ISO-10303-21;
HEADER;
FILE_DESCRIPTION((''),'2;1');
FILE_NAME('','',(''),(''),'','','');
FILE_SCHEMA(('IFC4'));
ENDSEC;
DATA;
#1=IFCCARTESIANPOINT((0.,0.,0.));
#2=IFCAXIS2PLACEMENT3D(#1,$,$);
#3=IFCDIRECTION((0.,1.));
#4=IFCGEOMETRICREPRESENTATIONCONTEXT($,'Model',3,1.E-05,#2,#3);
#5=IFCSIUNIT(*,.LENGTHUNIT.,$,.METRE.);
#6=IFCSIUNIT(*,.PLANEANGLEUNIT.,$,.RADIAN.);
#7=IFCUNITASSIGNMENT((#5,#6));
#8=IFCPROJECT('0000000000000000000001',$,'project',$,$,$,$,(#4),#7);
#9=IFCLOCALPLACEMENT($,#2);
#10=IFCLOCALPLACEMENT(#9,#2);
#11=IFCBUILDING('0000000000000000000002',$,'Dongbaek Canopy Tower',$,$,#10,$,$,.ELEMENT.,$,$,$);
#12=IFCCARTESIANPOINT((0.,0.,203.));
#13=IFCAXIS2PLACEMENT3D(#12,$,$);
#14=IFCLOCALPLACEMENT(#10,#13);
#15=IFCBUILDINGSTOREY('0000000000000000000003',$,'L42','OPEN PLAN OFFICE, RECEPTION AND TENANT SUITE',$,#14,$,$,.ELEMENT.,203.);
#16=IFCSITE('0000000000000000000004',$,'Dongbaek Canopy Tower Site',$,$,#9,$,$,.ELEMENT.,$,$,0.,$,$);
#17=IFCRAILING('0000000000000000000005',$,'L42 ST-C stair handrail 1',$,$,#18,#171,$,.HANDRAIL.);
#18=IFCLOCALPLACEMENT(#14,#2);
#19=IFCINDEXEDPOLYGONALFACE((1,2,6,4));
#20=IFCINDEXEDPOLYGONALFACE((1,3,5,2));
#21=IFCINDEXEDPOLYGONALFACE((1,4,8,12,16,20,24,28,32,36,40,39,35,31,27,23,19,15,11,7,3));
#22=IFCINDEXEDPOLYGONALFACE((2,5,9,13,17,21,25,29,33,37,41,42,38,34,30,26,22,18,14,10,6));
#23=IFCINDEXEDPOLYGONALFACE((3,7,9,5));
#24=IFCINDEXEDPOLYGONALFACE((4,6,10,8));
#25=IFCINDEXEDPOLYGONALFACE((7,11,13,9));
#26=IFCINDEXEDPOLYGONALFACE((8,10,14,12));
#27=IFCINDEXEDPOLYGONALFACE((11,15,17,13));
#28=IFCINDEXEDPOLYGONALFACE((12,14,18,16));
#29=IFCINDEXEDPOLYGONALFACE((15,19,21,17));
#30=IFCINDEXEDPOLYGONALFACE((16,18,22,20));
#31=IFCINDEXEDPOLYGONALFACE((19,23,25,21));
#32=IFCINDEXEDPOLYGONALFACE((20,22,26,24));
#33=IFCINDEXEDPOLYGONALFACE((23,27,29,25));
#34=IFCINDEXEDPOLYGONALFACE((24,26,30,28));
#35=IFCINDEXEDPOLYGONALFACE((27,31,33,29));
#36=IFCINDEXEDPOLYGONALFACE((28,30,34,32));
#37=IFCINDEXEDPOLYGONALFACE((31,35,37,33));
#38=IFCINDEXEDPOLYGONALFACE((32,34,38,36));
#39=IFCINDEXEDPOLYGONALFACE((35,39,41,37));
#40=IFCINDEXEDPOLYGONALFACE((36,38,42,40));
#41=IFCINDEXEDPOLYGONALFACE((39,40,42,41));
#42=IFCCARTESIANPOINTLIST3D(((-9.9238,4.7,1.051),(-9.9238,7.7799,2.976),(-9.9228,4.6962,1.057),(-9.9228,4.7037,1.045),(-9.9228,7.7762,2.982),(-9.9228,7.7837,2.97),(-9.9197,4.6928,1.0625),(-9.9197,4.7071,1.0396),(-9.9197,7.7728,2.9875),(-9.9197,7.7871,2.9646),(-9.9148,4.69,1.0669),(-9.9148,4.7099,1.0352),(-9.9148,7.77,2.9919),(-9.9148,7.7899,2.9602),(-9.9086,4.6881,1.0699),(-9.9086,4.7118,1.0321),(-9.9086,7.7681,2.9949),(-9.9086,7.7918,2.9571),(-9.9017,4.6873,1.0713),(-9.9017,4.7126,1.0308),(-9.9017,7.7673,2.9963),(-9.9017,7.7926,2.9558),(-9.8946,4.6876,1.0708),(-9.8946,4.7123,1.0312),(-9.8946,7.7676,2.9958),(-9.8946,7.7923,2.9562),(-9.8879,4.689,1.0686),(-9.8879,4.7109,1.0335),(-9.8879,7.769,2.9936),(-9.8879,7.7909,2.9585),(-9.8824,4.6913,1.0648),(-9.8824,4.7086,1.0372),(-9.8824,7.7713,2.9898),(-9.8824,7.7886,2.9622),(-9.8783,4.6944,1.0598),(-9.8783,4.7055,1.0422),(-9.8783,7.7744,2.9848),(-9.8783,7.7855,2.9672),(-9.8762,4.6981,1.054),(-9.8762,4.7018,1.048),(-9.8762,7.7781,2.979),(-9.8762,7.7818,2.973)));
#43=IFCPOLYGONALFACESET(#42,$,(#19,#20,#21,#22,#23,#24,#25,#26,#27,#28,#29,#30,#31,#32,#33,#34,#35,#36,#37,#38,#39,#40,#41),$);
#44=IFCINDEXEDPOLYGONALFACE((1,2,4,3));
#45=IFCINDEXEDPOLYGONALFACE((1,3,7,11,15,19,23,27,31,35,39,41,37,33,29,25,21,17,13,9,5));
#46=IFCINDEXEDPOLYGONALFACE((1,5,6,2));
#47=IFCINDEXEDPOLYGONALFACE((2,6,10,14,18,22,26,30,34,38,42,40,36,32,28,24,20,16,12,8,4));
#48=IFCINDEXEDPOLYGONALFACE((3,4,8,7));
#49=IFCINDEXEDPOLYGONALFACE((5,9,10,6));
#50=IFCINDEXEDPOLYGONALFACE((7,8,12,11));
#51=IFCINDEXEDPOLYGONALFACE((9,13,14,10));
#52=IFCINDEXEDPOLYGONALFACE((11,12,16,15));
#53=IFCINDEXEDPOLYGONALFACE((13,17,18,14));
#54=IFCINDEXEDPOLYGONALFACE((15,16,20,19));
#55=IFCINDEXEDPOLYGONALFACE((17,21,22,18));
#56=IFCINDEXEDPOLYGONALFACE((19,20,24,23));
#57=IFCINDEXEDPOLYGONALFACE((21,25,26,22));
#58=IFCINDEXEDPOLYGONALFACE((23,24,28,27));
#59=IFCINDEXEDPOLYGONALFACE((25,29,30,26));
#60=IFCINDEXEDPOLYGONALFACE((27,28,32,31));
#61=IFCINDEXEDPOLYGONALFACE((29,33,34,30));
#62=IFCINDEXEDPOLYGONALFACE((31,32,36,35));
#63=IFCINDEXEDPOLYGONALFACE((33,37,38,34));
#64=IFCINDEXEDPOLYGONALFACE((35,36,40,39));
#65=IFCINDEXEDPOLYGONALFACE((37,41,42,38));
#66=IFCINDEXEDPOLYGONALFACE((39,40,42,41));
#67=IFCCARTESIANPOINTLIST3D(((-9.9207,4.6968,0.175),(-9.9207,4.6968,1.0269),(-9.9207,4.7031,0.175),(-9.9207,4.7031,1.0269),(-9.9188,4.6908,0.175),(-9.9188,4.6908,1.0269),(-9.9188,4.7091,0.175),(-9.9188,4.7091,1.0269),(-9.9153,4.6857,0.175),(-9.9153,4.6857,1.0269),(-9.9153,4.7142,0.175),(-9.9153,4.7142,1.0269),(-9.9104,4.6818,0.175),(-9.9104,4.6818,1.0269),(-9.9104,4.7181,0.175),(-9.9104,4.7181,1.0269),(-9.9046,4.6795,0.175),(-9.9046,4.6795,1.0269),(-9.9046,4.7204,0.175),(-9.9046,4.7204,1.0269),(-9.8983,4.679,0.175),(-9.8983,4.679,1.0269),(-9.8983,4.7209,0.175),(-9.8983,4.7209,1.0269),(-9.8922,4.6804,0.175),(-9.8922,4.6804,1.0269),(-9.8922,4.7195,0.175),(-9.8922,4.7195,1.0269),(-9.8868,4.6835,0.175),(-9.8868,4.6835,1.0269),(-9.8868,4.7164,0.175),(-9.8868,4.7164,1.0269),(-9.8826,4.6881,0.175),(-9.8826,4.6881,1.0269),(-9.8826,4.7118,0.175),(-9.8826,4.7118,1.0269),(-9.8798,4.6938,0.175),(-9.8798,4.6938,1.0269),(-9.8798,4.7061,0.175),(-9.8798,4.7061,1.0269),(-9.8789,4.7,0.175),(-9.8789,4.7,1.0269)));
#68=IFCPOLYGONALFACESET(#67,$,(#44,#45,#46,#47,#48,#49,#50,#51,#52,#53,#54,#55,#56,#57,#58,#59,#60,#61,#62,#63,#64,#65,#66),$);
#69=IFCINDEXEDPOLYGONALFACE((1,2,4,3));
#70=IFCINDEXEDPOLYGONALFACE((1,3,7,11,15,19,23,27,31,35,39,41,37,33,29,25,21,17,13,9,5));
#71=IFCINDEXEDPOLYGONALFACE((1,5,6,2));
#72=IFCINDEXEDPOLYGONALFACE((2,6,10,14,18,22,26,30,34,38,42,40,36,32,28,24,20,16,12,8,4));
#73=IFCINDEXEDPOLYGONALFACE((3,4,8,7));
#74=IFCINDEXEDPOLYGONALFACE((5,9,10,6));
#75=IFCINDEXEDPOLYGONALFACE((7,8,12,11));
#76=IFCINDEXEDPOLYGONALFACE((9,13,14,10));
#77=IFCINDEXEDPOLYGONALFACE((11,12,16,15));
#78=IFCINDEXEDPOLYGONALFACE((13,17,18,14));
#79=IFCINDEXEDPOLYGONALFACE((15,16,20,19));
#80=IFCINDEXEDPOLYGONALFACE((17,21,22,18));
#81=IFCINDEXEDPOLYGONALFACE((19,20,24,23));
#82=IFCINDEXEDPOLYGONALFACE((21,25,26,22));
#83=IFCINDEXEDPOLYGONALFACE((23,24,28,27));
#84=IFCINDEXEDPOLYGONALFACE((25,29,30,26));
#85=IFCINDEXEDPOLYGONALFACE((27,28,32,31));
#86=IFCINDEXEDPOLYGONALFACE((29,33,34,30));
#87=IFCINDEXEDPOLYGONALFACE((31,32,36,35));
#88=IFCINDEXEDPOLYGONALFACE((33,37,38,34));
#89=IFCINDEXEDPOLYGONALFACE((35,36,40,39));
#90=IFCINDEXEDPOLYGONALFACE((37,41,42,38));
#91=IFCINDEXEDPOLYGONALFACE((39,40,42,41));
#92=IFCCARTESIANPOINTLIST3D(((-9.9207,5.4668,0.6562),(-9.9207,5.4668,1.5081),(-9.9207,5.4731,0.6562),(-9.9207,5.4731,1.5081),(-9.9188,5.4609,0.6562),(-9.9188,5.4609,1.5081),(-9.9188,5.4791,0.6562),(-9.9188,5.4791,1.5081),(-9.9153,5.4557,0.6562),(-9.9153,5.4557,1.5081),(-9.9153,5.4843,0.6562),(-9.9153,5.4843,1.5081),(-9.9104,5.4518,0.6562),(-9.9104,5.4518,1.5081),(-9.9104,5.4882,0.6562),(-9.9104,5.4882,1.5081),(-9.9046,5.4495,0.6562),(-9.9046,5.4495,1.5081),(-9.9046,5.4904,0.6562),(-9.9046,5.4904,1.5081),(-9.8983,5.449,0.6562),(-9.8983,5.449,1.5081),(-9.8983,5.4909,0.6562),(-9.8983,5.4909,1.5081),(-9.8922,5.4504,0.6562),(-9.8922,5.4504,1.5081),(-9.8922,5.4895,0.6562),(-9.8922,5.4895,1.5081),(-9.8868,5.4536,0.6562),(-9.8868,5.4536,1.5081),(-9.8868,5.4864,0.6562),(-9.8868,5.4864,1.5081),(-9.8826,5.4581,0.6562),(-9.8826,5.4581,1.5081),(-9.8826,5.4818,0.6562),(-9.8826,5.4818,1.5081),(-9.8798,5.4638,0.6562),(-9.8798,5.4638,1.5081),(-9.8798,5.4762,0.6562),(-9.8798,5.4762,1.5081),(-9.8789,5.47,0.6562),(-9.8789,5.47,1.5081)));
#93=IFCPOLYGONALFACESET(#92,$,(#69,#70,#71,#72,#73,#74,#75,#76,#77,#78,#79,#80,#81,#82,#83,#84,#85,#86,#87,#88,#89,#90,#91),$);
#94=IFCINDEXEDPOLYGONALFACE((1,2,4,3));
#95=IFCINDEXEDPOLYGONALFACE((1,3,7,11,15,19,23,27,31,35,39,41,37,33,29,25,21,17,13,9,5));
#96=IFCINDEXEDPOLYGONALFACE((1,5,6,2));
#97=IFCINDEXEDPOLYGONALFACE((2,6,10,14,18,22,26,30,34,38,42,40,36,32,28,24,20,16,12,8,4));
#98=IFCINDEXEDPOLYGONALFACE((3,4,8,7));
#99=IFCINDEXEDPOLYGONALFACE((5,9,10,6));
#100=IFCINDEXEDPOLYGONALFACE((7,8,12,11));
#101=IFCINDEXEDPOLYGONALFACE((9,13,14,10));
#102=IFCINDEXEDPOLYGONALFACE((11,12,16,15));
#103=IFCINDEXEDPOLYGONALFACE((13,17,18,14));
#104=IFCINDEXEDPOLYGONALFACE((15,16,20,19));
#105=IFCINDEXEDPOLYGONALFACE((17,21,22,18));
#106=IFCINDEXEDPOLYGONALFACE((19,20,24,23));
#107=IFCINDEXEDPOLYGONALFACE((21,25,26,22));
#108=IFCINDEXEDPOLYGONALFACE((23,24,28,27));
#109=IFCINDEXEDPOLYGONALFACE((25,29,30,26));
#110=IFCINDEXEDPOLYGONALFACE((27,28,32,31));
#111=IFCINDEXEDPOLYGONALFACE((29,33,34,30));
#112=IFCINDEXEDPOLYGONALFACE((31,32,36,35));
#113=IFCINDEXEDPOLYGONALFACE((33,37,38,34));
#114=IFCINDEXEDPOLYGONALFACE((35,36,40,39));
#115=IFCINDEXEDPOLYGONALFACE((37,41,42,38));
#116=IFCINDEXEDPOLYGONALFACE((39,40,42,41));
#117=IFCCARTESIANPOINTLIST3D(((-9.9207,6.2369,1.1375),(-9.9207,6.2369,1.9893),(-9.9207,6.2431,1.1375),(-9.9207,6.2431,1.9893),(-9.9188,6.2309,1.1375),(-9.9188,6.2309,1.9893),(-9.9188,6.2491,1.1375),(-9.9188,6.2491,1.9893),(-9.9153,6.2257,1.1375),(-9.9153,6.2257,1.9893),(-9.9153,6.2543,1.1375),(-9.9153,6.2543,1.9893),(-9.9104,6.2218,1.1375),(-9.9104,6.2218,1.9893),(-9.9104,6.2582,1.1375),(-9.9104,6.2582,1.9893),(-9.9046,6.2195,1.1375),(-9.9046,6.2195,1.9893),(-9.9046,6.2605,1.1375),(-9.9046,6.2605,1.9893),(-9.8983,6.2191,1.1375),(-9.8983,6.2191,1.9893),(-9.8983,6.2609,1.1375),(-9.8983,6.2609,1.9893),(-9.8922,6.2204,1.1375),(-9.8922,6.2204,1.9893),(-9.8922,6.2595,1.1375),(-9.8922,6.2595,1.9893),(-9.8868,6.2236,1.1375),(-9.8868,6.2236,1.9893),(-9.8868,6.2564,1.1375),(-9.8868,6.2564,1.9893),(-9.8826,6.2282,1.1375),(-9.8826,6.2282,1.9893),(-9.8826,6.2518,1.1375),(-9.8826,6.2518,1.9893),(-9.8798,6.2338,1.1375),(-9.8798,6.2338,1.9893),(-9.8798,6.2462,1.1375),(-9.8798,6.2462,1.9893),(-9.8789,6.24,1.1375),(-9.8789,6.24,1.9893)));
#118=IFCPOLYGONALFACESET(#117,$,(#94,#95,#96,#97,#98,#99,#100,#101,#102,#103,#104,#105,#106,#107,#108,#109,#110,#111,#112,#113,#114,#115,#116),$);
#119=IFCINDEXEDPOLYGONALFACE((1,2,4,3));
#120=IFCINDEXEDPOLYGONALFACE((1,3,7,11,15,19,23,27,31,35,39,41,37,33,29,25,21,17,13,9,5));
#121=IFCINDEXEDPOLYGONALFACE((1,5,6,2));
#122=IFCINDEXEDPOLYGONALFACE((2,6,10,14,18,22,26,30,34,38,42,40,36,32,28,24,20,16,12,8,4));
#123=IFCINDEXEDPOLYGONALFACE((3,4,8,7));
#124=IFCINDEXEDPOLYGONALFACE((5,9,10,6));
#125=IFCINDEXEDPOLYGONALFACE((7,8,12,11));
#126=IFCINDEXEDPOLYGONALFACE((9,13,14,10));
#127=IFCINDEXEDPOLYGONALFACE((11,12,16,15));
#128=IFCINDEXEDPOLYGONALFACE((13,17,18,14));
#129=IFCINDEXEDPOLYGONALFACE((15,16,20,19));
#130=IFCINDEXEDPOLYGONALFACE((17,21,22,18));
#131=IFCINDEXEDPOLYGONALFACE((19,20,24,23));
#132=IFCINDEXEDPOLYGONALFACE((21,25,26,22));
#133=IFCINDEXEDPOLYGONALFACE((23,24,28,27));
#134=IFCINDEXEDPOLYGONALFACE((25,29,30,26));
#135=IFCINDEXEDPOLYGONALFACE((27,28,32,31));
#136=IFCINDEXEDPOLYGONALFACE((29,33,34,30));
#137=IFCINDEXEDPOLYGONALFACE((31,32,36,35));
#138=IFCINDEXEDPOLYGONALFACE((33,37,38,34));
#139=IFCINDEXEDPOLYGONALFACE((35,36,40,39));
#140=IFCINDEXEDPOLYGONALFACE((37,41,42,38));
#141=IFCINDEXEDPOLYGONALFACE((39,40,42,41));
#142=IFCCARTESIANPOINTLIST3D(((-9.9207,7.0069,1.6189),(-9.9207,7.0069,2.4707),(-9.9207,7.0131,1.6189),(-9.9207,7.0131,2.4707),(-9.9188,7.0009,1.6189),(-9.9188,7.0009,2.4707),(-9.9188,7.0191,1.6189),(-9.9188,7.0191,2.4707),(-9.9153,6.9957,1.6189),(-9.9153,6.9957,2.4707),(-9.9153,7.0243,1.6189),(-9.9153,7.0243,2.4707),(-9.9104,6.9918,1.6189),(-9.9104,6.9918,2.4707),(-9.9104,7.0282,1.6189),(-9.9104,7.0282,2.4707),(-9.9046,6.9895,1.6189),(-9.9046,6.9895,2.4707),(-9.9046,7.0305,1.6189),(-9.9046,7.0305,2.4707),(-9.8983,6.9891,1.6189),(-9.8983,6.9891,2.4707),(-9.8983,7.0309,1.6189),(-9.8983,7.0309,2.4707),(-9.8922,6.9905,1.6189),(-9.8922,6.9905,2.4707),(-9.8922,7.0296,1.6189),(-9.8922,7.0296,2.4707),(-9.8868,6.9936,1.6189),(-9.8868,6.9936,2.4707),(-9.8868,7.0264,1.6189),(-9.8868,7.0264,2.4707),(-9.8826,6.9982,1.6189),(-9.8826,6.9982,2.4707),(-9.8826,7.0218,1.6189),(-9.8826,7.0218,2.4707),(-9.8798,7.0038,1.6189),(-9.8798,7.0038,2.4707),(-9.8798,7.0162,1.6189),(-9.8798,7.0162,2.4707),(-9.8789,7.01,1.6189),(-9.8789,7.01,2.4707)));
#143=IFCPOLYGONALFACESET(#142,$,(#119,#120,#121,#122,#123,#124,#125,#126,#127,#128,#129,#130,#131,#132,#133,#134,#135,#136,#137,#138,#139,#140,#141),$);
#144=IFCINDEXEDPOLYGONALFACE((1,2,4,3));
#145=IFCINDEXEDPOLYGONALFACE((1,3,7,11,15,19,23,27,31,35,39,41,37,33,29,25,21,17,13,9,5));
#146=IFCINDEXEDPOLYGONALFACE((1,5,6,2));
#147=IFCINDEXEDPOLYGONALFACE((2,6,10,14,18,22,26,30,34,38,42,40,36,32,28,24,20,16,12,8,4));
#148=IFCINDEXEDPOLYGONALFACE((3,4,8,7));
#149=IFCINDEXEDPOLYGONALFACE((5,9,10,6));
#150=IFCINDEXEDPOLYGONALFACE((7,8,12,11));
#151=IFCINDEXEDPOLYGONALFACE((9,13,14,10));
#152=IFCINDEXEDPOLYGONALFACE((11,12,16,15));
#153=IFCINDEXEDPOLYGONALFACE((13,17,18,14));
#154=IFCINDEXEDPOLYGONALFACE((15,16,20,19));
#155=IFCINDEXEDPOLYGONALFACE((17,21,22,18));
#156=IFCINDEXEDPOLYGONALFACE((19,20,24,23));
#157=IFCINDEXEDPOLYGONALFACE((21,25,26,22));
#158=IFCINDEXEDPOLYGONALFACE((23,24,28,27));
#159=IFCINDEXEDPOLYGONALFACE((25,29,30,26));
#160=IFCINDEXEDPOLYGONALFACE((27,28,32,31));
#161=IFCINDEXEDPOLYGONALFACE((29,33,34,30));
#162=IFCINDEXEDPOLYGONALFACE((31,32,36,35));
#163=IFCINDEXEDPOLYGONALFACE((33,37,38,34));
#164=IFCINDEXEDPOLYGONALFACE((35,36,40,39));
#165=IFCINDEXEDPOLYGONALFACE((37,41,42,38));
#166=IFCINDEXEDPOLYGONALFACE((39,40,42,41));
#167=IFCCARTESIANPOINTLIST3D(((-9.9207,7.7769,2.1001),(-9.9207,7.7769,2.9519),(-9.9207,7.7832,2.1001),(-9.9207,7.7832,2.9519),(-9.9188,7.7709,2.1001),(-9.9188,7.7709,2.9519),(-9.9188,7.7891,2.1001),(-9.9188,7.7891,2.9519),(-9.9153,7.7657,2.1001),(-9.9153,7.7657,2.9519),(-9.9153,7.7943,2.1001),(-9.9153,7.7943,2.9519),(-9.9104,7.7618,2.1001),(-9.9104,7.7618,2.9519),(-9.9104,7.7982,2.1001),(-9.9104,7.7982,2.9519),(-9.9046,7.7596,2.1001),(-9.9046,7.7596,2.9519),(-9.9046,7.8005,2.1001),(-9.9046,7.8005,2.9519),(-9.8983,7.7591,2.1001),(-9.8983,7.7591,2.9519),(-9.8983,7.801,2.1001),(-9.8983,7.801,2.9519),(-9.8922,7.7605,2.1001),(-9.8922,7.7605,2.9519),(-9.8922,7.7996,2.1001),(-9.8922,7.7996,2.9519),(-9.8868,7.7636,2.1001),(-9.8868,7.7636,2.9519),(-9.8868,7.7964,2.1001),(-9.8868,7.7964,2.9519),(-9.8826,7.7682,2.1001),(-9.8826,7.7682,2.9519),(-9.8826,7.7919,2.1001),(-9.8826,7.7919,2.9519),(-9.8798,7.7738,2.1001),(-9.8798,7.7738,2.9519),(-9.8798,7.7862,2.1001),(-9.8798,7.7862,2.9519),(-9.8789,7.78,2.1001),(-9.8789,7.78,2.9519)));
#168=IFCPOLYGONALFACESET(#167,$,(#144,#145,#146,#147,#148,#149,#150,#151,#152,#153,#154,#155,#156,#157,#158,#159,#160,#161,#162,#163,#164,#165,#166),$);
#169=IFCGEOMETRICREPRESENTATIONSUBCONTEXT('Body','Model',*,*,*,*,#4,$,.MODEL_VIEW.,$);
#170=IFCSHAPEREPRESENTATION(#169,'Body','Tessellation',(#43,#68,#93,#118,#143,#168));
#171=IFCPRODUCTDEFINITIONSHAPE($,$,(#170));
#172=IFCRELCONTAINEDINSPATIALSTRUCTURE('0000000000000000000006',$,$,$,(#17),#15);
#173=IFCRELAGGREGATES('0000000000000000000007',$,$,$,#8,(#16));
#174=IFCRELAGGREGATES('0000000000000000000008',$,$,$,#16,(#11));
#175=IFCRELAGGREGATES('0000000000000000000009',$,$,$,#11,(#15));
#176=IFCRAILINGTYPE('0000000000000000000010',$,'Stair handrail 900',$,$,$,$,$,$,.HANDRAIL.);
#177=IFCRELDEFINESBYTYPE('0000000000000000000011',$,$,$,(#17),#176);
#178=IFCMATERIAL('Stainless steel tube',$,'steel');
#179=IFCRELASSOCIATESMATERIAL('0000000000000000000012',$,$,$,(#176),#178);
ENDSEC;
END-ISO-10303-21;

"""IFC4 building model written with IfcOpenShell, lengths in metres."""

from ifc_helpers import new_model, si_unit, direction, frame, origin, origin_2d, place, context, subcontext, project, spatial, circle, extrude, material, type_object, element, save


model = new_model("IFC4")

# Units and contexts
model_context = context("Model", 3, precision=1e-05, world=origin(), true_north=direction((0.0, 1.0)))
body_context = subcontext(model_context, "Body", "Model", "MODEL_VIEW")
ifc_project = project(units=[si_unit("LENGTHUNIT", "METRE"), si_unit("PLANEANGLEUNIT", "RADIAN")], contexts=[model_context])

# Site, building, storey
site_placement = place(None, origin())
site = spatial("IfcSite", under=ifc_project, at=site_placement, Name="Dongbaek Canopy Tower Site", CompositionType="ELEMENT", RefElevation=0.0)
building_placement = place(site_placement, origin())
building = spatial("IfcBuilding", under=site, at=building_placement, Name="Dongbaek Canopy Tower", CompositionType="ELEMENT")
storey_placement = place(building_placement, frame((0.0, 0.0, 203.0)))
storey = spatial("IfcBuildingStorey", under=building, at=storey_placement, Name="L42", Description="OPEN PLAN OFFICE, RECEPTION AND TENANT SUITE", CompositionType="ELEMENT", Elevation=203.0)

# Railing
ifc_material_1 = material(Name="Stainless steel tube", Category="steel")
railing_type_1 = type_object("IfcRailingType", Name="Stair handrail 900", PredefinedType="HANDRAIL", material=ifc_material_1)
railing_1_placement = place(storey_placement, frame((-9.8999, 4.7, 0.175)))
element("IfcRailing", 1, at=railing_1_placement, inside=storey, type_object=railing_type_1, Name="L42 ST-C stair handrail 1", PredefinedType="HANDRAIL", context=body_context, shape_type="SweptSolid", body=[
    extrude(circle(Radius=0.0239, at=origin_2d()), frame((0.0, 0.0, 0.876), z_axis=(0.0, 0.847998, 0.529999), x_axis=(-1.0, 0.0, 0.0)), (0.0, 0.0, 1.0), 3.6321),
    extrude(circle(Radius=0.021, at=origin_2d()), origin(), (0.0, 0.0, 1.0), 0.8518),
    extrude(circle(Radius=0.021, at=origin_2d()), frame((0.0, 0.77, 0.4812)), (0.0, 0.0, 1.0), 0.8518),
    extrude(circle(Radius=0.021, at=origin_2d()), frame((0.0, 1.54, 0.9624)), (0.0, 0.0, 1.0), 0.8518),
    extrude(circle(Radius=0.021, at=origin_2d()), frame((0.0, 2.3101, 1.4438)), (0.0, 0.0, 1.0), 0.8518),
    extrude(circle(Radius=0.021, at=origin_2d()), frame((0.0, 3.0801, 1.925)), (0.0, 0.0, 1.0), 0.8518),
])

save(model, "model.ifc")
